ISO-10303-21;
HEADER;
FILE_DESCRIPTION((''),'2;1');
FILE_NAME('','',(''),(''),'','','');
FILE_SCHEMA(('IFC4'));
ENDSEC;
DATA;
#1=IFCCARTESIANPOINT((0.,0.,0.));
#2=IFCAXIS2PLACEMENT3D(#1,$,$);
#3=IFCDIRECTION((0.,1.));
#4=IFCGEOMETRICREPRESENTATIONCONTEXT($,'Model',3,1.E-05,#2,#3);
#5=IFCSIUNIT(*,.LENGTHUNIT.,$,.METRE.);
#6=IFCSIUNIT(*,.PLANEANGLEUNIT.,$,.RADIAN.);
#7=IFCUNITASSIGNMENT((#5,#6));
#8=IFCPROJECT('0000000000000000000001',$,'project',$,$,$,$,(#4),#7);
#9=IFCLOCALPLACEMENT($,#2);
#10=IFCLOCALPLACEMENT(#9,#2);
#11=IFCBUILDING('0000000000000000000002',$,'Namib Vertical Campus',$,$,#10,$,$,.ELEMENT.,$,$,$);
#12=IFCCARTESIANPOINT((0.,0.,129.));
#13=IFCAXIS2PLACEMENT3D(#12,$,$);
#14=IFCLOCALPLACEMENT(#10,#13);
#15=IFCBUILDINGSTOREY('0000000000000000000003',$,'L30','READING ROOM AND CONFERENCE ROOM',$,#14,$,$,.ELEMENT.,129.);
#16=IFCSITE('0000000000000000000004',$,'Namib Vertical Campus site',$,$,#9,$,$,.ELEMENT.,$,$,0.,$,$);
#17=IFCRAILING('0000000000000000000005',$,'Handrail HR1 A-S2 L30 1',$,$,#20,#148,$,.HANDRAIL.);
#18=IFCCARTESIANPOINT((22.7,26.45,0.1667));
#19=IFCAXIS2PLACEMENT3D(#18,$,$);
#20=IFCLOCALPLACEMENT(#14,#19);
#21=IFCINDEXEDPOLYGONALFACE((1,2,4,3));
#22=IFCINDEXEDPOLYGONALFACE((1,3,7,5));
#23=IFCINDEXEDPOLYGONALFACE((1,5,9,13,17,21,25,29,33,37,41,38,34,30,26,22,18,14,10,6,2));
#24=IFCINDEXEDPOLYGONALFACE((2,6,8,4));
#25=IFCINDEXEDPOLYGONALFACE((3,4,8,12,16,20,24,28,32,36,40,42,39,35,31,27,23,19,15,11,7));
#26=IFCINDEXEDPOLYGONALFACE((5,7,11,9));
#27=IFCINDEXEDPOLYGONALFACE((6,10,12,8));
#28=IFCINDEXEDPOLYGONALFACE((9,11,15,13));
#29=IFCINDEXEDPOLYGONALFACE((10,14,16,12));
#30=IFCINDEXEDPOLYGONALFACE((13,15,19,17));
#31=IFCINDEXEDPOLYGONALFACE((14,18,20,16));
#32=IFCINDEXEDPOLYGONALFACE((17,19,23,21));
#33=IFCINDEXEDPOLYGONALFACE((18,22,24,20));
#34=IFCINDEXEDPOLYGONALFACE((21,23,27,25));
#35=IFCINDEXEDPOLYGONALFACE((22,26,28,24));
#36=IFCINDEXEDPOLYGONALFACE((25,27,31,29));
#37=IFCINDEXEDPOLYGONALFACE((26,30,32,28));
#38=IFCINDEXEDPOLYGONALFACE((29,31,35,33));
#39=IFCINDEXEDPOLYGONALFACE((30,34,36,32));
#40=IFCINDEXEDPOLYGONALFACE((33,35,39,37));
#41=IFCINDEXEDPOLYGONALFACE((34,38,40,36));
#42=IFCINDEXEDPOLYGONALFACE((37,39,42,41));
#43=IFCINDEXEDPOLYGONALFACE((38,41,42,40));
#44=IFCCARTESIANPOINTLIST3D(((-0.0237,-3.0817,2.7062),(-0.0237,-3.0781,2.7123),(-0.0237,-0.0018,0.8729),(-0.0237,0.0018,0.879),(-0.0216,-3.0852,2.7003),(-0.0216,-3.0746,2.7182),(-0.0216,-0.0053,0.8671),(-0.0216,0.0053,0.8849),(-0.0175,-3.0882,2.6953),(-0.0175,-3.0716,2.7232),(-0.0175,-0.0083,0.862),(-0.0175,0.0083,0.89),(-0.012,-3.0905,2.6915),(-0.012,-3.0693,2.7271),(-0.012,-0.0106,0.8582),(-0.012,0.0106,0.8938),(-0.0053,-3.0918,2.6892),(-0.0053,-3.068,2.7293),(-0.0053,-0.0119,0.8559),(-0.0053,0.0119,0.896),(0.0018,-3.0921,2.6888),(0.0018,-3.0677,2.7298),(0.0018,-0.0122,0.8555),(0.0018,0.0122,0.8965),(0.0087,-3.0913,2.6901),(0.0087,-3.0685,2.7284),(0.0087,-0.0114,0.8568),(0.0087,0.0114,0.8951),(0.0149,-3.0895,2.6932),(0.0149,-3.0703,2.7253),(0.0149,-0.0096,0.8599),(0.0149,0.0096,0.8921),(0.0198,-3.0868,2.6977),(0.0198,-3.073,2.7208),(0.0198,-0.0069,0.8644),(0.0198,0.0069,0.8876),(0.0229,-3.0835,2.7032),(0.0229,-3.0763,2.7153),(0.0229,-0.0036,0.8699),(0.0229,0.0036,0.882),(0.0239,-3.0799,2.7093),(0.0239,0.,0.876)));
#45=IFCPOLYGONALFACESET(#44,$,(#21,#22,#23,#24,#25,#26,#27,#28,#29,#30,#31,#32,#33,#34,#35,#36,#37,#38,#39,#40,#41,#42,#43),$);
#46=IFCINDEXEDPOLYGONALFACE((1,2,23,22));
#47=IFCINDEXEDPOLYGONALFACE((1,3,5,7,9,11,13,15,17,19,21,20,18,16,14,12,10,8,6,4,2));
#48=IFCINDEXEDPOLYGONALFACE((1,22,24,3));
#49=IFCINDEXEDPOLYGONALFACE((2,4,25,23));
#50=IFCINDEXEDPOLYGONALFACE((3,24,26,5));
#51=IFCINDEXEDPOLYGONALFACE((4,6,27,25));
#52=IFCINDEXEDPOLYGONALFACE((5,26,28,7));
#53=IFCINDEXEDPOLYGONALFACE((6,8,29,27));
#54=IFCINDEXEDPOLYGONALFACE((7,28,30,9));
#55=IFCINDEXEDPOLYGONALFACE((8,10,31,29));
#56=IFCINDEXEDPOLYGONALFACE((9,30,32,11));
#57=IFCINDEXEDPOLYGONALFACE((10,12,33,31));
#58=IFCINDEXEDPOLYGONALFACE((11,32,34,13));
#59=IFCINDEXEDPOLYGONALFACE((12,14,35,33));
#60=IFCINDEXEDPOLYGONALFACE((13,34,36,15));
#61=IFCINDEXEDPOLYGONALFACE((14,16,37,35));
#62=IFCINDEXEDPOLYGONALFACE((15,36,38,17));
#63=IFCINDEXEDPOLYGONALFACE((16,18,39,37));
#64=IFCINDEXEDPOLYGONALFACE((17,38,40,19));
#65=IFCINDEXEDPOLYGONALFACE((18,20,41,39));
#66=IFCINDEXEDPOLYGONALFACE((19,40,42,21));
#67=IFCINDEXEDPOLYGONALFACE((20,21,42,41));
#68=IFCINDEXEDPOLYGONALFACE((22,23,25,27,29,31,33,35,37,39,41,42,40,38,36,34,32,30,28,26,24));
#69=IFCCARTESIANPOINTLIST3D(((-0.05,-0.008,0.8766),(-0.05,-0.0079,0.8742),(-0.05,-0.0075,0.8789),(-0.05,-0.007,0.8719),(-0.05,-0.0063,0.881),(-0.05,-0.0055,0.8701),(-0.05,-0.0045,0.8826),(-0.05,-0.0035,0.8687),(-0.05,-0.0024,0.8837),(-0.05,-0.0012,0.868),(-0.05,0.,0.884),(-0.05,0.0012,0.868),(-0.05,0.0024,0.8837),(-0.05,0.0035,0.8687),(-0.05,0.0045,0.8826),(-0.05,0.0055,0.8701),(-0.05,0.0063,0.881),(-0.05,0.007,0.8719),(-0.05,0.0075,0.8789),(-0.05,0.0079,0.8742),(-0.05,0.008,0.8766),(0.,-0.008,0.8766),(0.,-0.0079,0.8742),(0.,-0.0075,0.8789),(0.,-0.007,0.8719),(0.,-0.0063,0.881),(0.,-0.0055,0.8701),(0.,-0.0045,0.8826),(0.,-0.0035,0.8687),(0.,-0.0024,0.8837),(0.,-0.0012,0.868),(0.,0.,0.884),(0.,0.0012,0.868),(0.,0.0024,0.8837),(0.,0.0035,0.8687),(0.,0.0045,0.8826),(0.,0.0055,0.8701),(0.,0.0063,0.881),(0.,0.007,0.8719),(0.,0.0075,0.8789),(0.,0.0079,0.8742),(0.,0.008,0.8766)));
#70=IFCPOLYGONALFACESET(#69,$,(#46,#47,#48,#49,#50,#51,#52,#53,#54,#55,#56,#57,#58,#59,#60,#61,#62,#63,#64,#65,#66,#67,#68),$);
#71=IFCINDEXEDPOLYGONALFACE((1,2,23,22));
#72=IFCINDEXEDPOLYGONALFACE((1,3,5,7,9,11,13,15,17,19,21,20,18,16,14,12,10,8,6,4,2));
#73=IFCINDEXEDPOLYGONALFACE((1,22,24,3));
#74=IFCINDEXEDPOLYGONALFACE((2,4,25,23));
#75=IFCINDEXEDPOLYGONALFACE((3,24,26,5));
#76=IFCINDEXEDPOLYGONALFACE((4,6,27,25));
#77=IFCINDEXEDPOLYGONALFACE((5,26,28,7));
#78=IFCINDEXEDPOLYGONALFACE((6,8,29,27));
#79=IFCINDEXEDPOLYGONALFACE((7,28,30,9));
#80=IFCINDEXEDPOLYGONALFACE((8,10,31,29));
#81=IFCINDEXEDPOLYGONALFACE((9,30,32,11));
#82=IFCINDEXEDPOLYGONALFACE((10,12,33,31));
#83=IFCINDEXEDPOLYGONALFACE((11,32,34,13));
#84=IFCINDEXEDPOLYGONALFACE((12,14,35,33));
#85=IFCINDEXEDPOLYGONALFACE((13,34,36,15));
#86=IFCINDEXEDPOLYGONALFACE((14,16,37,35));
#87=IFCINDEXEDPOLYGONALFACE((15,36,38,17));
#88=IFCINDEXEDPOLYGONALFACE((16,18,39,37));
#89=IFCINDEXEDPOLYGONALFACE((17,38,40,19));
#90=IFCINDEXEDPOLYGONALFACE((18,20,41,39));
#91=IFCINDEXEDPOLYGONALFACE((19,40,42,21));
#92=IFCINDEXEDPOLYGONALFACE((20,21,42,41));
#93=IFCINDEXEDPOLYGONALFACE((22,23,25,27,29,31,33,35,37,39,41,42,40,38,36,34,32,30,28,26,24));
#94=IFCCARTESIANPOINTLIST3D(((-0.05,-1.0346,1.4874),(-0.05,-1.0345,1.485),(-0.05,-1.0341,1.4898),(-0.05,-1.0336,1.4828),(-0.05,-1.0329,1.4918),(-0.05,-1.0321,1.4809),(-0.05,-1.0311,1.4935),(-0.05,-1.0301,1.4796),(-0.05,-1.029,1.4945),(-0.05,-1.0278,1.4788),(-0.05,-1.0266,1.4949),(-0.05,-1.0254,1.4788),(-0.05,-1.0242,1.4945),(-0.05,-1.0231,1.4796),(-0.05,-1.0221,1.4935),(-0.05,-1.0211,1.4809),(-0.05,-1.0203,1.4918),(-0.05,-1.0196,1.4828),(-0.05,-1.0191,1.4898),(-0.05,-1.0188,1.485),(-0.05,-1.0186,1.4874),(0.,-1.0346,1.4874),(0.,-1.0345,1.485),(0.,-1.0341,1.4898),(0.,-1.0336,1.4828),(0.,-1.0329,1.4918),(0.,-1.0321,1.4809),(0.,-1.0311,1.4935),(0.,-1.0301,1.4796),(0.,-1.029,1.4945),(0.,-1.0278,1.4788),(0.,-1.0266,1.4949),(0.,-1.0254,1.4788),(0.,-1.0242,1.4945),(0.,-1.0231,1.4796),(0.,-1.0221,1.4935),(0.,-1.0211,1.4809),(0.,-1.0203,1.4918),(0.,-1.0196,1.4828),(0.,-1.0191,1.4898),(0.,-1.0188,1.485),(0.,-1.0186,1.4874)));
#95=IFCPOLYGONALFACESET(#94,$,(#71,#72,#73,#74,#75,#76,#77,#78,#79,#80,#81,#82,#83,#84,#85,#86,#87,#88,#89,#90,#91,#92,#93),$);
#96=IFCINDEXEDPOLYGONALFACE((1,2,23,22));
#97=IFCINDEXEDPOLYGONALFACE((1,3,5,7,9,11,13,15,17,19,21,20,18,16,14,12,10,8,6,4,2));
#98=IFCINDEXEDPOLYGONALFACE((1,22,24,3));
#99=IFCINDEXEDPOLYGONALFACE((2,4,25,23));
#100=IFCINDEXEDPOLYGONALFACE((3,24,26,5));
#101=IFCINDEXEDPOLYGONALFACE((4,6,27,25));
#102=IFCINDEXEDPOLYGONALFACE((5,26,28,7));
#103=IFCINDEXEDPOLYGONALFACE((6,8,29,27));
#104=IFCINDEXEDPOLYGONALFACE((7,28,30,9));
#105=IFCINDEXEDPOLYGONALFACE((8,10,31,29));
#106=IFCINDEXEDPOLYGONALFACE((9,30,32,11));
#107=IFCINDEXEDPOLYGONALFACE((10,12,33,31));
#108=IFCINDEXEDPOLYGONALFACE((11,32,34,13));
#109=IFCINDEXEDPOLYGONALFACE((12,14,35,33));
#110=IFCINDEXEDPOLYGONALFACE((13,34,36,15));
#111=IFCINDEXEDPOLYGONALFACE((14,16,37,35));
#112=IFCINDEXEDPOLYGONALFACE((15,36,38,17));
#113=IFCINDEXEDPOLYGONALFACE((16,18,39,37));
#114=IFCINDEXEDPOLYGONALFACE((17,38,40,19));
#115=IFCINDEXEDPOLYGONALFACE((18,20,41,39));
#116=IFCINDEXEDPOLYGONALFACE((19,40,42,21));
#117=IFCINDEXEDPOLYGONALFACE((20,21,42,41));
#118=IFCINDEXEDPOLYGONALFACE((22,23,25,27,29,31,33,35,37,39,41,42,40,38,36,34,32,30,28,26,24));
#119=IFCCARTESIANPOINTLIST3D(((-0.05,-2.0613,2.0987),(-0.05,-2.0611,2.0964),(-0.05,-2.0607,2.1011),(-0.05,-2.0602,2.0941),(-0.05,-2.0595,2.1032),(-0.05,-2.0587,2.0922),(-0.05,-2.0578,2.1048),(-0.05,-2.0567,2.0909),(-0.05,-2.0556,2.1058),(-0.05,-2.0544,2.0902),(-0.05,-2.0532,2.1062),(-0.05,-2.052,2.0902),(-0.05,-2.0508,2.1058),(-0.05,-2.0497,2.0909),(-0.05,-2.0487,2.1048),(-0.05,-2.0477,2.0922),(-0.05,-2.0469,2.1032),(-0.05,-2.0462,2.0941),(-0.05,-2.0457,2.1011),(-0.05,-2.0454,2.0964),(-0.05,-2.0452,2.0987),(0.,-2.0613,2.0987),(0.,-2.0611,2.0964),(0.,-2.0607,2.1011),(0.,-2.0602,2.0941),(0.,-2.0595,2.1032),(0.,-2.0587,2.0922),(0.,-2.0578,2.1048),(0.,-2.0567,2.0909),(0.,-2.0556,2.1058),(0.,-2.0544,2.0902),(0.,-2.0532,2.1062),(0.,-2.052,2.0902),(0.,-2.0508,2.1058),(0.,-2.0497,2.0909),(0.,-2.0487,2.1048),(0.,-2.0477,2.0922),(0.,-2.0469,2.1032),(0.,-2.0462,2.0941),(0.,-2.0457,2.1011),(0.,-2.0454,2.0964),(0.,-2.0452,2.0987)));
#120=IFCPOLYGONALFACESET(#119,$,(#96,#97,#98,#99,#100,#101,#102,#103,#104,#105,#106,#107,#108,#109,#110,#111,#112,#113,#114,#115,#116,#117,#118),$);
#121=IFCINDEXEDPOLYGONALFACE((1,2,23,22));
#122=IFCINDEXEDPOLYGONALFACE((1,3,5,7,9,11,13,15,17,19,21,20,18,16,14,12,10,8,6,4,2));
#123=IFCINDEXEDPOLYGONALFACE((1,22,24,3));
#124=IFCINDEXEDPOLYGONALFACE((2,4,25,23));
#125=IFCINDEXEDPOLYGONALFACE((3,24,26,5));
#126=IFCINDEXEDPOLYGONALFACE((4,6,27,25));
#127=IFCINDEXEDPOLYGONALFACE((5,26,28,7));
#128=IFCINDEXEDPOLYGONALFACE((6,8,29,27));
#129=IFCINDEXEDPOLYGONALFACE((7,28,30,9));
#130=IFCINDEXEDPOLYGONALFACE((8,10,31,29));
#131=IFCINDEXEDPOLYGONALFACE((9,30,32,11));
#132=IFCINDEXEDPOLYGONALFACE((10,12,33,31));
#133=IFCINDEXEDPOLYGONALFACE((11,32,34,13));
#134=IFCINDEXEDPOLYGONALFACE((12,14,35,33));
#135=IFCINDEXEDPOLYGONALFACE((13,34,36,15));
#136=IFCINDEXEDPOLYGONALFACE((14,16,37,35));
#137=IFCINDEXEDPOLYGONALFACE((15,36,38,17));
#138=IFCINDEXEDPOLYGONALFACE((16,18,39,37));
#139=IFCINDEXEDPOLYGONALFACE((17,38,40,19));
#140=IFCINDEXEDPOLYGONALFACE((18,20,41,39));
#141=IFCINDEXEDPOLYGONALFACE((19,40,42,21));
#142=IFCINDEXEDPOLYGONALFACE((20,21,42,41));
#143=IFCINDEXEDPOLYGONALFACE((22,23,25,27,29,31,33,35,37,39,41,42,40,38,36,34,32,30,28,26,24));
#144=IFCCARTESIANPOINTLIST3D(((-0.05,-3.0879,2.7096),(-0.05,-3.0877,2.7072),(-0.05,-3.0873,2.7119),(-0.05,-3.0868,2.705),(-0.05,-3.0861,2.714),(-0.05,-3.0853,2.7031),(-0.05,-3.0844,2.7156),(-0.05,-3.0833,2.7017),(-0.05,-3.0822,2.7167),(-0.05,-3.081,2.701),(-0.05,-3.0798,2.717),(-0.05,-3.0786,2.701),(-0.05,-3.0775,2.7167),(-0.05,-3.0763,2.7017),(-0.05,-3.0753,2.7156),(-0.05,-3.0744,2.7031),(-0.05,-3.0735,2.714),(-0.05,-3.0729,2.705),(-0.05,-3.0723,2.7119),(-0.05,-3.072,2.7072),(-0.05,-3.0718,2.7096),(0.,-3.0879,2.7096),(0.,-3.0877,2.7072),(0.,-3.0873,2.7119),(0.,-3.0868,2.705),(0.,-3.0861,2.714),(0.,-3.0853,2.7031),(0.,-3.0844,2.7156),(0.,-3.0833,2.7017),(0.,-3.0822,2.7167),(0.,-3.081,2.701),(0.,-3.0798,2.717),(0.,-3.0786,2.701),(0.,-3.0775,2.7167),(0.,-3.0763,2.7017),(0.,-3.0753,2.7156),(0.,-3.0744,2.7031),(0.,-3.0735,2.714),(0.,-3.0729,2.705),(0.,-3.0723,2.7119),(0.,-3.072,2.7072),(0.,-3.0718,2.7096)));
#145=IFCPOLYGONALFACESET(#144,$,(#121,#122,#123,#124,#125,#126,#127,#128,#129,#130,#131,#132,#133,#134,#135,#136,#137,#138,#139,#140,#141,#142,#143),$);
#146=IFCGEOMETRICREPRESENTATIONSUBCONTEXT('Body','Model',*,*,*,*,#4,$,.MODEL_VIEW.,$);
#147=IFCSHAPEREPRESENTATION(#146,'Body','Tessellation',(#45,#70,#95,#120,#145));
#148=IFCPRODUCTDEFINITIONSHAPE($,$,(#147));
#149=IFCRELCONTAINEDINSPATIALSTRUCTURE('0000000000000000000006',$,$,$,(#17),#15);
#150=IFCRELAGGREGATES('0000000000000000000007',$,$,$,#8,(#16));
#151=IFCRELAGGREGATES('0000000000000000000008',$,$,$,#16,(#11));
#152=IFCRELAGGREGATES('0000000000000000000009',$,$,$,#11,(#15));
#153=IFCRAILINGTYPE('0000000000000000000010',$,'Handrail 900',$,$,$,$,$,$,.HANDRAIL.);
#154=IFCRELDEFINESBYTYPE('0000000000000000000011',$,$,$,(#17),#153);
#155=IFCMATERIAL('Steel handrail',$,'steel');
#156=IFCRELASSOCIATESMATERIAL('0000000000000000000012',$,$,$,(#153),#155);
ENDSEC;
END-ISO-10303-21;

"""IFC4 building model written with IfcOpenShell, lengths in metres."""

from ifc_helpers import new_model, si_unit, direction, frame, origin, origin_2d, place, context, subcontext, project, spatial, circle, extrude, material, type_object, element, save


model = new_model("IFC4")

# Units and contexts
model_context = context("Model", 3, precision=1e-05, world=origin(), true_north=direction((0.0, 1.0)))
body_context = subcontext(model_context, "Body", "Model", "MODEL_VIEW")
ifc_project = project(units=[si_unit("LENGTHUNIT", "METRE"), si_unit("PLANEANGLEUNIT", "RADIAN")], contexts=[model_context])

# Site, building, storey
site_placement = place(None, origin())
site = spatial("IfcSite", under=ifc_project, at=site_placement, Name="Namib Vertical Campus site", CompositionType="ELEMENT", RefElevation=0.0)
building_placement = place(site_placement, origin())
building = spatial("IfcBuilding", under=site, at=building_placement, Name="Namib Vertical Campus", CompositionType="ELEMENT")
storey_placement = place(building_placement, frame((0.0, 0.0, 129.0)))
storey = spatial("IfcBuildingStorey", under=building, at=storey_placement, Name="L30", Description="READING ROOM AND CONFERENCE ROOM", CompositionType="ELEMENT", Elevation=129.0)

# Railing
ifc_material_1 = material(Name="Steel handrail", Category="steel")
railing_type_1 = type_object("IfcRailingType", Name="Handrail 900", PredefinedType="HANDRAIL", material=ifc_material_1)
railing_1_placement = place(storey_placement, frame((22.7, 26.45, 0.1667)))
element("IfcRailing", 1, at=railing_1_placement, inside=storey, type_object=railing_type_1, Name="Handrail HR1 A-S2 L30 1", PredefinedType="HANDRAIL", context=body_context, shape_type="SweptSolid", body=[
    extrude(circle(Radius=0.0239, at=origin_2d()), frame((0.0, 0.0, 0.876), z_axis=(0.0, -0.859291, 0.511487), x_axis=(1.0, 0.0, 0.0)), (0.0, 0.0, 1.0), 3.5842),
    extrude(circle(Radius=0.0081, at=origin_2d()), frame((0.0, 0.0, 0.876), z_axis=(-1.0, 0.0, 0.0), x_axis=(0.0, 0.0, 1.0)), (0.0, 0.0, 1.0), 0.05),
    extrude(circle(Radius=0.0081, at=origin_2d()), frame((0.0, -1.0266, 1.4868), z_axis=(-1.0, 0.0, 0.0), x_axis=(0.0, 0.0, 1.0)), (0.0, 0.0, 1.0), 0.05),
    extrude(circle(Radius=0.0081, at=origin_2d()), frame((0.0, -2.0532, 2.0981), z_axis=(-1.0, 0.0, 0.0), x_axis=(0.0, 0.0, 1.0)), (0.0, 0.0, 1.0), 0.05),
    extrude(circle(Radius=0.0081, at=origin_2d()), frame((0.0, -3.0798, 2.709), z_axis=(-1.0, 0.0, 0.0), x_axis=(0.0, 0.0, 1.0)), (0.0, 0.0, 1.0), 0.05),
])

save(model, "model.ifc")
